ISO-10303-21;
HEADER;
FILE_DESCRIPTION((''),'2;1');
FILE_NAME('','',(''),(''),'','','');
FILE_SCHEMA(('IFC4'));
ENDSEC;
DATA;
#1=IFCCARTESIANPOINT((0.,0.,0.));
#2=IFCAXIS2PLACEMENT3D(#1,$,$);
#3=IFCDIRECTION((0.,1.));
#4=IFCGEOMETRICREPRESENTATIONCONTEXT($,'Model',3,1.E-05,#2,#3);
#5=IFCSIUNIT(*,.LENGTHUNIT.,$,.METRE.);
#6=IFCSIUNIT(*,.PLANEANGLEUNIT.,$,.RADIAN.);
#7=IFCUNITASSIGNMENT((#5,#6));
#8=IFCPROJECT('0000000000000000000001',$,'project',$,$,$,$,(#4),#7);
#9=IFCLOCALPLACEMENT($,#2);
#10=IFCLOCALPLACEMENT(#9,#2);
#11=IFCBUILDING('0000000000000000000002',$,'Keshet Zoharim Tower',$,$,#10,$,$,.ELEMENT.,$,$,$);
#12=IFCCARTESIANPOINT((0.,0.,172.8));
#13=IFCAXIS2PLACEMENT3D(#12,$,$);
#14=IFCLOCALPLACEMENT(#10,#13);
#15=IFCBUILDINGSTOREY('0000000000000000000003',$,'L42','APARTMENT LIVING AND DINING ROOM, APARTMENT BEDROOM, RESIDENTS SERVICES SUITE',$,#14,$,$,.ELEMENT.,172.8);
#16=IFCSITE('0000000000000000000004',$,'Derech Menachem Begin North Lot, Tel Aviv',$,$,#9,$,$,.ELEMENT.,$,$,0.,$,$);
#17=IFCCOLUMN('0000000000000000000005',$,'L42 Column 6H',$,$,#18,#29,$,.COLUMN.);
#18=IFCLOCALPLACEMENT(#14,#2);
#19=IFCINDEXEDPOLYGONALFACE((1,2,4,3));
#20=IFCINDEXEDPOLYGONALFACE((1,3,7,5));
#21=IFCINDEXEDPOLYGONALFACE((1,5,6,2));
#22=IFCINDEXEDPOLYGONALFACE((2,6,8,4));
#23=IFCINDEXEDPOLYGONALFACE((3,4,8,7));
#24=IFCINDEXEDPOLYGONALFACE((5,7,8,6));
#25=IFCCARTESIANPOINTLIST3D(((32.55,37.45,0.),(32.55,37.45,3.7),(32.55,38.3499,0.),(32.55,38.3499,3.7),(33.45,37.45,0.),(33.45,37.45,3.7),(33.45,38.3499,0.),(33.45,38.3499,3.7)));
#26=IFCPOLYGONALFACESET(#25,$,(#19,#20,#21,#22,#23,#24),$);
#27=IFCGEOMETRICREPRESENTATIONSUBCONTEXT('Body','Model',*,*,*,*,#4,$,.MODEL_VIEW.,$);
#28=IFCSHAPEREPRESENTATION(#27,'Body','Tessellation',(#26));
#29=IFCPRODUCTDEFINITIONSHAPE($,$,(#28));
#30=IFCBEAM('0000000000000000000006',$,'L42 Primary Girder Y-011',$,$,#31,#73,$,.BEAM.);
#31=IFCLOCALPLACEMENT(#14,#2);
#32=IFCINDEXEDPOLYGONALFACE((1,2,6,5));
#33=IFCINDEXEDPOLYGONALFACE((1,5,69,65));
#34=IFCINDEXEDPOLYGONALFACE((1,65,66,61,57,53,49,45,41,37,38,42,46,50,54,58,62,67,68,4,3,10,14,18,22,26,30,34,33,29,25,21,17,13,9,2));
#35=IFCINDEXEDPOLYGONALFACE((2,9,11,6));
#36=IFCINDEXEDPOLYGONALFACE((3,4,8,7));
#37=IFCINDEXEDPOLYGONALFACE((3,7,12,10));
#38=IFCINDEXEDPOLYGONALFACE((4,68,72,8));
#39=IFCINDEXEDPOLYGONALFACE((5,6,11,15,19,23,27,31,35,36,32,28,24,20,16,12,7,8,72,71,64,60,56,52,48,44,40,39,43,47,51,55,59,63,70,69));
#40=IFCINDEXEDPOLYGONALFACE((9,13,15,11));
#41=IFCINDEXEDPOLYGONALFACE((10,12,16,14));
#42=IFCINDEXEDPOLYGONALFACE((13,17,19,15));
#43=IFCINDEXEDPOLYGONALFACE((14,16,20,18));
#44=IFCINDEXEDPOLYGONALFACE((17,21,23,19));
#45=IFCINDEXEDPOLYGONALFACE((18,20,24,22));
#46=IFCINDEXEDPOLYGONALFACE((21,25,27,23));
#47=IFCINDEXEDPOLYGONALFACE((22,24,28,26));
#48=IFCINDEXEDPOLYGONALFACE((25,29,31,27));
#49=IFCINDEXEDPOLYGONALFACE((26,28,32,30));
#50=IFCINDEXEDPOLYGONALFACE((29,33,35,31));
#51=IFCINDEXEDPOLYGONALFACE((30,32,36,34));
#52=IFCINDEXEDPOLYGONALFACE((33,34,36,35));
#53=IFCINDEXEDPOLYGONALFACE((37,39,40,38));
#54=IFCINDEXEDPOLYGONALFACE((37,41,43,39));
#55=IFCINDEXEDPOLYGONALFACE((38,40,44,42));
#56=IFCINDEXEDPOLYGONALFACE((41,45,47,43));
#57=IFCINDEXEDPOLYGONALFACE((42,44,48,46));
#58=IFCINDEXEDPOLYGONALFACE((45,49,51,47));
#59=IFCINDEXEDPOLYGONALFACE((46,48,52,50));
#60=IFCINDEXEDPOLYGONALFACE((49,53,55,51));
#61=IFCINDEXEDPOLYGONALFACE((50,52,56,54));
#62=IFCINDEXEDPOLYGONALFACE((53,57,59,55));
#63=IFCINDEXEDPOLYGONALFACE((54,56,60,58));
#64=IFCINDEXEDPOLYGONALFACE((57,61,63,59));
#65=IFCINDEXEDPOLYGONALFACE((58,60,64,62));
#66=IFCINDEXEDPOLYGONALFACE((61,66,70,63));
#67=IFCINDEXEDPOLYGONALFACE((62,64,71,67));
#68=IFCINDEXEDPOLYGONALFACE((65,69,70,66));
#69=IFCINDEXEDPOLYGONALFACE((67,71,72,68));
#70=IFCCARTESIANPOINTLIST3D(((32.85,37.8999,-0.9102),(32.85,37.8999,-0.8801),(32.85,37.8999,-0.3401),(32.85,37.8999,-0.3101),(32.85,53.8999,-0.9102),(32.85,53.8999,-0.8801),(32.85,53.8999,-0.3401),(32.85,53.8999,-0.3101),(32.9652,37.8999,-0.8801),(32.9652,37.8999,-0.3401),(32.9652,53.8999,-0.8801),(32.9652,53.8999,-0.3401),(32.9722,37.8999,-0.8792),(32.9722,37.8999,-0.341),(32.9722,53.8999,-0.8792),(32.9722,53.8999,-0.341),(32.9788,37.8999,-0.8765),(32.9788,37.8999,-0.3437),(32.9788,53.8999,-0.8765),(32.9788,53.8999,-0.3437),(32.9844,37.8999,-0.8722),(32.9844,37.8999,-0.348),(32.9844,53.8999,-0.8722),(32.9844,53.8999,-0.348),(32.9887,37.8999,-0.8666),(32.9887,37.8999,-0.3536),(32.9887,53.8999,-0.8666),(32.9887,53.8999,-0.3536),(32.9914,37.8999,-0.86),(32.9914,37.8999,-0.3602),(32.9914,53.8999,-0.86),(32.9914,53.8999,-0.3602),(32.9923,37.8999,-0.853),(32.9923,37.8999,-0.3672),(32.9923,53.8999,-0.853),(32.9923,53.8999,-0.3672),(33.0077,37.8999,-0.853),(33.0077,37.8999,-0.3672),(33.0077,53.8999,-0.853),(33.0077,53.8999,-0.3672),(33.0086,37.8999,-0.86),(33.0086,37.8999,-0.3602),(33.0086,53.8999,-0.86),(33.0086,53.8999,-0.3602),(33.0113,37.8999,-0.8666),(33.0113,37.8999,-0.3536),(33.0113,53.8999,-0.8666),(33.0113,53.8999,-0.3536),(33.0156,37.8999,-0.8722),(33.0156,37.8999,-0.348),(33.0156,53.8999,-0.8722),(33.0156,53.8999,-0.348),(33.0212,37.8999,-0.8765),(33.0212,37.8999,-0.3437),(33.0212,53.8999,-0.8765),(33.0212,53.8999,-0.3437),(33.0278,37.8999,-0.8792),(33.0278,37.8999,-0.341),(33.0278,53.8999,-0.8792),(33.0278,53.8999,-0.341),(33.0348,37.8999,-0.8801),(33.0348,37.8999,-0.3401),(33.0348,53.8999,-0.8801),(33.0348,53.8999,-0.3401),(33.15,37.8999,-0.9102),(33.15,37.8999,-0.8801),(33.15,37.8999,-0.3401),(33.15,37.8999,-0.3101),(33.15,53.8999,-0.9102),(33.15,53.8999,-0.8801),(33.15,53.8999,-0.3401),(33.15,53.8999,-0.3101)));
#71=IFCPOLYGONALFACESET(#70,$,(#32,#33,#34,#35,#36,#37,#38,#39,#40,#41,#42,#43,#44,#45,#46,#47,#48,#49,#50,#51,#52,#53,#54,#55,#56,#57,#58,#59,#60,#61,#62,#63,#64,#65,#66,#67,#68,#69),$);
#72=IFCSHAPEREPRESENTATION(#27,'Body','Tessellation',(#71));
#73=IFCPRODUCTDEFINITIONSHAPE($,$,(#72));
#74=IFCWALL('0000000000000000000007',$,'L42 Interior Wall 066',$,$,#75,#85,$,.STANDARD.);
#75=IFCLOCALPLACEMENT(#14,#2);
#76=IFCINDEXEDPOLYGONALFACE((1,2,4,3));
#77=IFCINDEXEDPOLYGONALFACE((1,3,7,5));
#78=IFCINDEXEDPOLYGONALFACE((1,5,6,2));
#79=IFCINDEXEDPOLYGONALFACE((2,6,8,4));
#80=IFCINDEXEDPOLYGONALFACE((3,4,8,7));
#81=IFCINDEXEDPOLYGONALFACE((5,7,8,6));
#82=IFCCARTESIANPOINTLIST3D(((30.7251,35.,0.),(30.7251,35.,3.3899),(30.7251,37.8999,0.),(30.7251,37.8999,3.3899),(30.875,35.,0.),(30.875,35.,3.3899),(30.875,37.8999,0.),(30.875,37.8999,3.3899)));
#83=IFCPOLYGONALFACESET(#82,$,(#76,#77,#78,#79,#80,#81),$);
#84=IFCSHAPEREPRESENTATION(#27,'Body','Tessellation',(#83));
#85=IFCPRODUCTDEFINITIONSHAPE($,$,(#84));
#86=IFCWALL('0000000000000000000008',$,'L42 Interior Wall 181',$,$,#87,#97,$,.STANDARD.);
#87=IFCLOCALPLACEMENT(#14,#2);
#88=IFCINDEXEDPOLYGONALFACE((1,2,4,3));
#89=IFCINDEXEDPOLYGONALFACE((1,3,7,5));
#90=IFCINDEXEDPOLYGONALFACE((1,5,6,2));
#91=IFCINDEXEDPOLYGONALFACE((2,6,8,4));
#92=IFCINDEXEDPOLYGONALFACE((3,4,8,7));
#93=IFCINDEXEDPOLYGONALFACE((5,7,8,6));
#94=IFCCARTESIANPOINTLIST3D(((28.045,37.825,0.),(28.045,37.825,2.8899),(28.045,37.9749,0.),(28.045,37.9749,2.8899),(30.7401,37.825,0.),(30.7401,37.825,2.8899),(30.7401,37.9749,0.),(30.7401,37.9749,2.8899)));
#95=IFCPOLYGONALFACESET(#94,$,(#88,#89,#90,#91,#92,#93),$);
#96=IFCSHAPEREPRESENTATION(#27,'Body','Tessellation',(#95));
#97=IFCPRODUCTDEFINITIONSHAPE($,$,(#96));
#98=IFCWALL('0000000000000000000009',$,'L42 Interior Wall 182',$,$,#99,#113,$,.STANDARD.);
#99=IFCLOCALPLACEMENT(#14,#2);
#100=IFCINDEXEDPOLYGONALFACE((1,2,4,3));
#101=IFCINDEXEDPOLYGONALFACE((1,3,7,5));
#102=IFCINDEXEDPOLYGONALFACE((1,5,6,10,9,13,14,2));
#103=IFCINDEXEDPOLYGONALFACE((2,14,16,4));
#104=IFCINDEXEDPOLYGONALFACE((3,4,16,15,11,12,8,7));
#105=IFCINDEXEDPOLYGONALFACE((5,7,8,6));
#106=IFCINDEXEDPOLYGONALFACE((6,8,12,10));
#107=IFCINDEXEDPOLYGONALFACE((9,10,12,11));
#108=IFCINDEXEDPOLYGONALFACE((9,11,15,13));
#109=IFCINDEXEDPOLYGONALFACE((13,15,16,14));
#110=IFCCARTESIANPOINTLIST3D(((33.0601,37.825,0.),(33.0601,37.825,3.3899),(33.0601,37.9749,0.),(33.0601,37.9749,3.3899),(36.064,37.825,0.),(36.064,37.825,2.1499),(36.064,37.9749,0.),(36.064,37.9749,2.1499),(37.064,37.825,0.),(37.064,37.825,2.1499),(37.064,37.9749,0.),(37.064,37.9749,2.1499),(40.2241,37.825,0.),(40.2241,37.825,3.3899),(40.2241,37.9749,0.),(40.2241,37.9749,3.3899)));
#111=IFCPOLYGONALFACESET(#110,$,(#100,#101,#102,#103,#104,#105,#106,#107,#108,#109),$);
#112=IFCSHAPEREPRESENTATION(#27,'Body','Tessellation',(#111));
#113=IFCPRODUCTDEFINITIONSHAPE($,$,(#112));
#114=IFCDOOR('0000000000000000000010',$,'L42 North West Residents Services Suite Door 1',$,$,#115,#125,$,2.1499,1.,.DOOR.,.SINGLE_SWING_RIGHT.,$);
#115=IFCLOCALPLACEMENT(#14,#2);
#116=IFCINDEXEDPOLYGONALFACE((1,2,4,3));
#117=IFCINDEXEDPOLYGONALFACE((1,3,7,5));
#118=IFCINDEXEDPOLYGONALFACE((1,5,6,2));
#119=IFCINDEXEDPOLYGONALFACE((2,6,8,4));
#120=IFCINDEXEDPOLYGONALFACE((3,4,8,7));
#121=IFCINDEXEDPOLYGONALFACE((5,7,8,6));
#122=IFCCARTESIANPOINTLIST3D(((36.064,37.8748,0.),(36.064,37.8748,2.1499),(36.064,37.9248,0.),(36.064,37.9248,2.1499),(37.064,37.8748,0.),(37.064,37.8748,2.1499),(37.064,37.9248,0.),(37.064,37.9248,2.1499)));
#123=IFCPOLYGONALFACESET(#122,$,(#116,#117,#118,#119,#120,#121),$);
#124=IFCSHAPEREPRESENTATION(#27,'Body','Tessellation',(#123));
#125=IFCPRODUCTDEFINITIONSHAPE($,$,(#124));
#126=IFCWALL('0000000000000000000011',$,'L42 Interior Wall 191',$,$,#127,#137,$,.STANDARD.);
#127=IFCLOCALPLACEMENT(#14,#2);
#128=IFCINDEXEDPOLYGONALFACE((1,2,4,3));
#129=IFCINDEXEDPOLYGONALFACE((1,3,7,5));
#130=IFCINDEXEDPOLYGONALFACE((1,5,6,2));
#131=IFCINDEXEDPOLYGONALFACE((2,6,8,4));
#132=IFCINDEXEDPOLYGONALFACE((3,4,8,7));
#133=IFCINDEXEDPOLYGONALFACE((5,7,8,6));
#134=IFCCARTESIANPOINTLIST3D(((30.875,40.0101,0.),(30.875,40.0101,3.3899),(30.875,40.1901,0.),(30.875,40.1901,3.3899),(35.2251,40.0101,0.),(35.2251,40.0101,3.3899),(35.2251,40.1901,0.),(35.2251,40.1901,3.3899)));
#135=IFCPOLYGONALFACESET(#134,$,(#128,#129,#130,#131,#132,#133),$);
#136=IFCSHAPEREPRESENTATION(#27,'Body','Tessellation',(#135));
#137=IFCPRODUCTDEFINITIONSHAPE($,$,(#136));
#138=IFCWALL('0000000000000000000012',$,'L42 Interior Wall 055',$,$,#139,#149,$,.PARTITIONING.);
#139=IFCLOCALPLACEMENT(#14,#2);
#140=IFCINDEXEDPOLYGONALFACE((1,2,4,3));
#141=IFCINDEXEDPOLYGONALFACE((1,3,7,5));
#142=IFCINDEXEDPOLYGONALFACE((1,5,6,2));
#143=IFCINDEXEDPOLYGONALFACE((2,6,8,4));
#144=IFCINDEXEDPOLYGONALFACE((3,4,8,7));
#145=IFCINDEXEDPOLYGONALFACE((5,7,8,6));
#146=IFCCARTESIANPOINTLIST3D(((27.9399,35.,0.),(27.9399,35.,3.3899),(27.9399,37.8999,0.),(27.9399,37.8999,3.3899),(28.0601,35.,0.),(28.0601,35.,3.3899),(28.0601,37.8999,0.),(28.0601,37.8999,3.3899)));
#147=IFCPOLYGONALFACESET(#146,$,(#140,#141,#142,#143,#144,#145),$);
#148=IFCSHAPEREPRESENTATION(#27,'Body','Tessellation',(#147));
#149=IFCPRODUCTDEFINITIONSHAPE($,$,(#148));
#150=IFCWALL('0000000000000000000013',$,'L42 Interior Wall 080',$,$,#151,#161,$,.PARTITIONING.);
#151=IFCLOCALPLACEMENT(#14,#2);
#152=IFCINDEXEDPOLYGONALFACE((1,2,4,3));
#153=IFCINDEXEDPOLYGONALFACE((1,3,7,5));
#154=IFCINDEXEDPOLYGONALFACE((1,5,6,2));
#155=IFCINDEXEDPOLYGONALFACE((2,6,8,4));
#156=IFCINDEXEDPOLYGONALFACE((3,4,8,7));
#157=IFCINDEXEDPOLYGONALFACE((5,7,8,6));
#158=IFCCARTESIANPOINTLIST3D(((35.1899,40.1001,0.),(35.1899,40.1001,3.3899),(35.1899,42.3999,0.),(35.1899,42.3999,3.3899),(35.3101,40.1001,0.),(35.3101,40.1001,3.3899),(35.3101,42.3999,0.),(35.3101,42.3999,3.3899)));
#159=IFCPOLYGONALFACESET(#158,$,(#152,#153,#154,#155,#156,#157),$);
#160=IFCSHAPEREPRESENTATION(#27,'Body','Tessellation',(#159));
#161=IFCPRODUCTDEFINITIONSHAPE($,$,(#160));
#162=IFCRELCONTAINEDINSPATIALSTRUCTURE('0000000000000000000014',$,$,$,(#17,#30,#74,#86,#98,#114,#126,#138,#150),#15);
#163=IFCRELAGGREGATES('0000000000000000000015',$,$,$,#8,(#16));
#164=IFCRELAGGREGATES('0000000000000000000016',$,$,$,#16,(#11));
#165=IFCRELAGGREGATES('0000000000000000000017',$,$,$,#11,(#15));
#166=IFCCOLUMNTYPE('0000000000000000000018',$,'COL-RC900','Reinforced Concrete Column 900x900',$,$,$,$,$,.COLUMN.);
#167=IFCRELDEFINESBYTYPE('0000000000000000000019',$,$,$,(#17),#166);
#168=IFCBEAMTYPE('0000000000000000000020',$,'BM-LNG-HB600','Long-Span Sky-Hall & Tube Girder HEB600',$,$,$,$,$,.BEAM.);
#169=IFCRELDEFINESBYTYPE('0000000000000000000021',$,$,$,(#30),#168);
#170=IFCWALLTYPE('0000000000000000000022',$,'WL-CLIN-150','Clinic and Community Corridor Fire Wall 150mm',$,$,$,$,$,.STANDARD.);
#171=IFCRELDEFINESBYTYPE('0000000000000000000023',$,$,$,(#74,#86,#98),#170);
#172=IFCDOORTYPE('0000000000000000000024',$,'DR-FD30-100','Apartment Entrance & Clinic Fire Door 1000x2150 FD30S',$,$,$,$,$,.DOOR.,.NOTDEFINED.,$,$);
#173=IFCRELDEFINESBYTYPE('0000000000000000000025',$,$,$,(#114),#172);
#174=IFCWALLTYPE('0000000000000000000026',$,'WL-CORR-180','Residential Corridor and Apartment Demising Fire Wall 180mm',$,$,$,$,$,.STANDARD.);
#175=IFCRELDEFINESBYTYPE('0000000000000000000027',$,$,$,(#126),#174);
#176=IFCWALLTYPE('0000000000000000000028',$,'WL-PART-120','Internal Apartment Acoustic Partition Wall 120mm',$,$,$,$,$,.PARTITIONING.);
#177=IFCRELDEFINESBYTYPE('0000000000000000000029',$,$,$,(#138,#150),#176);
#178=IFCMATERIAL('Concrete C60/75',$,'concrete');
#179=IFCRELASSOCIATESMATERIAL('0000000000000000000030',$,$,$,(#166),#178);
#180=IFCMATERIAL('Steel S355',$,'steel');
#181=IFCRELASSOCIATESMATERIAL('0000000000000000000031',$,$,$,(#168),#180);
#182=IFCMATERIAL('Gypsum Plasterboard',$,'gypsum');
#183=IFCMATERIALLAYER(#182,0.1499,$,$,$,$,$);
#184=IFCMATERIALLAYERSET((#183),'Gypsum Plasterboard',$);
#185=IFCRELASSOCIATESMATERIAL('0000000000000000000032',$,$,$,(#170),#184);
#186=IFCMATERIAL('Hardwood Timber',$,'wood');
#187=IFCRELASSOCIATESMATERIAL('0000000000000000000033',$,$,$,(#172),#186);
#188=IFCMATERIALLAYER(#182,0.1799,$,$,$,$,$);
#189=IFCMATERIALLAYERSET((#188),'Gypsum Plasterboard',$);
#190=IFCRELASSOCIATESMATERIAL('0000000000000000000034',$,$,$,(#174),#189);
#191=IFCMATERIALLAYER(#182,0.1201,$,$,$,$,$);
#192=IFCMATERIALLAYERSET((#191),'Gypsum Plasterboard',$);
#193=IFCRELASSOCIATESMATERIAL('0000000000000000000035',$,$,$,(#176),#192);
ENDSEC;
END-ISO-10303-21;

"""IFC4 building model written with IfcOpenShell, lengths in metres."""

from ifc_helpers import new_model, si_unit, direction, frame, frame_2d, origin, origin_2d, place, context, subcontext, project, spatial, rectangle, i_section, extrude, material, layer, layer_set, material_profile, profile_set, type_object, element, fill, save


model = new_model("IFC4")

# Units and contexts
model_context = context("Model", 3, precision=1e-05, world=origin(), true_north=direction((0.0, 1.0)))
body_context = subcontext(model_context, "Body", "Model", "MODEL_VIEW")
ifc_project = project(units=[si_unit("LENGTHUNIT", "METRE"), si_unit("PLANEANGLEUNIT", "RADIAN")], contexts=[model_context])

# Site, building, storey
site_placement = place(None, origin())
site = spatial("IfcSite", under=ifc_project, at=site_placement, Name="Derech Menachem Begin North Lot, Tel Aviv", CompositionType="ELEMENT", RefElevation=0.0)
building_placement = place(site_placement, origin())
building = spatial("IfcBuilding", under=site, at=building_placement, Name="Keshet Zoharim Tower", CompositionType="ELEMENT")
storey_placement = place(building_placement, frame((0.0, 0.0, 172.8)))
storey = spatial("IfcBuildingStorey", under=building, at=storey_placement, Name="L42", Description="APARTMENT LIVING AND DINING ROOM, APARTMENT BEDROOM, RESIDENTS SERVICES SUITE", CompositionType="ELEMENT", Elevation=172.8)

# Column
ifc_material_1 = material(Name="Concrete C60/75", Category="concrete")
ifc_material_profile_1 = material_profile(ifc_material_1, rectangle(XDim=0.8999, YDim=0.8999, at=origin_2d()), Name="RC900x900")
ifc_profile_set_1 = profile_set([ifc_material_profile_1], Name="Concrete C60/75")
column_type = type_object("IfcColumnType", Name="COL-RC900", Description="Reinforced Concrete Column 900x900", PredefinedType="COLUMN", material=ifc_profile_set_1)
column_placement = place(storey_placement, frame((33.0, 37.8999, 0.0), z_axis=(0.0, 0.0, 1.0), x_axis=(1.0, 0.0, 0.0)))
element("IfcColumn", 1, at=column_placement, inside=storey, type_object=column_type, Name="L42 Column 6H", PredefinedType="COLUMN", context=body_context, shape_type="SweptSolid", body=[
    extrude(rectangle(XDim=0.8999, YDim=0.8999, at=origin_2d()), origin(), (0.0, 0.0, 1.0), 3.7),
])

# Beam
ifc_material_2 = material(Name="Steel S355", Category="steel")
ifc_material_profile_2 = material_profile(ifc_material_2, i_section(OverallWidth=0.3, OverallDepth=0.6001, WebThickness=0.0154, FlangeThickness=0.03, FilletRadius=0.0271, at=origin_2d()), Name="HEB600")
ifc_profile_set_2 = profile_set([ifc_material_profile_2], Name="Steel S355")
beam_type = type_object("IfcBeamType", Name="BM-LNG-HB600", Description="Long-Span Sky-Hall & Tube Girder HEB600", PredefinedType="BEAM", material=ifc_profile_set_2)
beam_placement = place(storey_placement, frame((33.0, 37.8999, -0.6101), z_axis=(0.0, 1.0, 0.0), x_axis=(-1.0, 0.0, 0.0)))
element("IfcBeam", 2, at=beam_placement, inside=storey, type_object=beam_type, Name="L42 Primary Girder Y-011", PredefinedType="BEAM", context=body_context, shape_type="SweptSolid", body=[
    extrude(i_section(OverallWidth=0.3, OverallDepth=0.6001, WebThickness=0.0154, FlangeThickness=0.03, FilletRadius=0.0271, at=origin_2d()), origin(), (0.0, 0.0, 1.0), 16.0),
])

# Walls
ifc_material_3 = material(Name="Gypsum Plasterboard", Category="gypsum")
ifc_layer_1 = layer(ifc_material_3, 0.1499)
ifc_layer_set_1 = layer_set([ifc_layer_1], Name="Gypsum Plasterboard")
wall_type_1 = type_object("IfcWallType", Name="WL-CLIN-150", Description="Clinic and Community Corridor Fire Wall 150mm", PredefinedType="STANDARD", material=ifc_layer_set_1)
wall_1_placement = place(storey_placement, frame((30.8, 35.0, 0.0), z_axis=(0.0, 0.0, 1.0), x_axis=(0.0, 1.0, 0.0)))
element("IfcWall", 3, at=wall_1_placement, inside=storey, type_object=wall_type_1, Name="L42 Interior Wall 066", PredefinedType="STANDARD", context=body_context, shape_type="SweptSolid", body=[
    extrude(rectangle(XDim=2.8999, YDim=0.1499, at=frame_2d((1.45, 0.0))), origin(), (0.0, 0.0, 1.0), 3.3899),
])
wall_2_placement = place(storey_placement, frame((28.0449, 37.8999, 0.0), z_axis=(0.0, 0.0, 1.0), x_axis=(1.0, 0.0, 0.0)))
element("IfcWall", 4, at=wall_2_placement, inside=storey, type_object=wall_type_1, Name="L42 Interior Wall 181", PredefinedType="STANDARD", context=body_context, shape_type="SweptSolid", body=[
    extrude(rectangle(XDim=2.6951, YDim=0.1499, at=frame_2d((1.3477, 0.0))), origin(), (0.0, 0.0, 1.0), 2.8899),
])

# Wall, opening, door
wall_3_placement = place(storey_placement, frame((33.0601, 37.8999, 0.0), z_axis=(0.0, 0.0, 1.0), x_axis=(1.0, 0.0, 0.0)))
wall_3 = element("IfcWall", 5, at=wall_3_placement, inside=storey, type_object=wall_type_1, Name="L42 Interior Wall 182", PredefinedType="STANDARD", context=body_context, shape_type="SweptSolid", body=[
    extrude(rectangle(XDim=7.1641, YDim=0.1499, at=frame_2d((3.582, 0.0))), origin(), (0.0, 0.0, 1.0), 3.3899),
])
opening_1_placement = place(wall_3_placement, frame((3.0039, 0.0, 0.0)))
opening_1 = element("IfcOpeningElement", 6, at=opening_1_placement, cuts=wall_3, PredefinedType="OPENING", context=body_context, shape_type="SweptSolid", body=[
    extrude(rectangle(XDim=1.0, YDim=2.1499, at=frame_2d((0.5, 1.075))), frame((0.0, 0.085, 0.0), z_axis=(0.0, -1.0, 0.0), x_axis=(1.0, 0.0, 0.0)), (0.0, 0.0, 1.0), 0.1699),
])
ifc_material_4 = material(Name="Hardwood Timber", Category="wood")
door_type_1 = type_object("IfcDoorType", Name="DR-FD30-100", Description="Apartment Entrance & Clinic Fire Door 1000x2150 FD30S", OperationType="NOTDEFINED", PredefinedType="DOOR", material=ifc_material_4)
door_1_placement = place(opening_1_placement, origin())
door_1 = element("IfcDoor", 7, at=door_1_placement, inside=storey, type_object=door_type_1, Name="L42 North West Residents Services Suite Door 1", OperationType="SINGLE_SWING_RIGHT", OverallHeight=2.1499, OverallWidth=1.0, PredefinedType="DOOR", context=body_context, shape_type="SweptSolid", body=[
    extrude(rectangle(XDim=1.0, YDim=2.1499, at=frame_2d((0.5, 1.075))), frame((0.0, 0.0249, 0.0), z_axis=(0.0, -1.0, 0.0), x_axis=(1.0, 0.0, 0.0)), (0.0, 0.0, 1.0), 0.05),
])
fill(opening_1, door_1)
ifc_layer_2 = layer(ifc_material_3, 0.1799)
ifc_layer_set_2 = layer_set([ifc_layer_2], Name="Gypsum Plasterboard")
wall_type_2 = type_object("IfcWallType", Name="WL-CORR-180", Description="Residential Corridor and Apartment Demising Fire Wall 180mm", PredefinedType="STANDARD", material=ifc_layer_set_2)

# Walls
wall_4_placement = place(storey_placement, frame((30.875, 40.1001, 0.0), z_axis=(0.0, 0.0, 1.0), x_axis=(1.0, 0.0, 0.0)))
element("IfcWall", 8, at=wall_4_placement, inside=storey, type_object=wall_type_2, Name="L42 Interior Wall 191", PredefinedType="STANDARD", context=body_context, shape_type="SweptSolid", body=[
    extrude(rectangle(XDim=4.3501, YDim=0.1799, at=frame_2d((2.175, 0.0))), origin(), (0.0, 0.0, 1.0), 3.3899),
])
ifc_layer_3 = layer(ifc_material_3, 0.1201)
ifc_layer_set_3 = layer_set([ifc_layer_3], Name="Gypsum Plasterboard")
wall_type_3 = type_object("IfcWallType", Name="WL-PART-120", Description="Internal Apartment Acoustic Partition Wall 120mm", PredefinedType="PARTITIONING", material=ifc_layer_set_3)
wall_5_placement = place(storey_placement, frame((28.0, 35.0, 0.0), z_axis=(0.0, 0.0, 1.0), x_axis=(0.0, 1.0, 0.0)))
element("IfcWall", 9, at=wall_5_placement, inside=storey, type_object=wall_type_3, Name="L42 Interior Wall 055", PredefinedType="PARTITIONING", context=body_context, shape_type="SweptSolid", body=[
    extrude(rectangle(XDim=2.8999, YDim=0.1201, at=frame_2d((1.45, 0.0))), origin(), (0.0, 0.0, 1.0), 3.3899),
])

# Wall
wall_6_placement = place(storey_placement, frame((35.25, 40.1001, 0.0), z_axis=(0.0, 0.0, 1.0), x_axis=(0.0, 1.0, 0.0)))
element("IfcWall", 10, at=wall_6_placement, inside=storey, type_object=wall_type_3, Name="L42 Interior Wall 080", PredefinedType="PARTITIONING", context=body_context, shape_type="SweptSolid", body=[
    extrude(rectangle(XDim=2.2998, YDim=0.1201, at=frame_2d((1.1499, 0.0))), origin(), (0.0, 0.0, 1.0), 3.3899),
])

save(model, "model.ifc")
